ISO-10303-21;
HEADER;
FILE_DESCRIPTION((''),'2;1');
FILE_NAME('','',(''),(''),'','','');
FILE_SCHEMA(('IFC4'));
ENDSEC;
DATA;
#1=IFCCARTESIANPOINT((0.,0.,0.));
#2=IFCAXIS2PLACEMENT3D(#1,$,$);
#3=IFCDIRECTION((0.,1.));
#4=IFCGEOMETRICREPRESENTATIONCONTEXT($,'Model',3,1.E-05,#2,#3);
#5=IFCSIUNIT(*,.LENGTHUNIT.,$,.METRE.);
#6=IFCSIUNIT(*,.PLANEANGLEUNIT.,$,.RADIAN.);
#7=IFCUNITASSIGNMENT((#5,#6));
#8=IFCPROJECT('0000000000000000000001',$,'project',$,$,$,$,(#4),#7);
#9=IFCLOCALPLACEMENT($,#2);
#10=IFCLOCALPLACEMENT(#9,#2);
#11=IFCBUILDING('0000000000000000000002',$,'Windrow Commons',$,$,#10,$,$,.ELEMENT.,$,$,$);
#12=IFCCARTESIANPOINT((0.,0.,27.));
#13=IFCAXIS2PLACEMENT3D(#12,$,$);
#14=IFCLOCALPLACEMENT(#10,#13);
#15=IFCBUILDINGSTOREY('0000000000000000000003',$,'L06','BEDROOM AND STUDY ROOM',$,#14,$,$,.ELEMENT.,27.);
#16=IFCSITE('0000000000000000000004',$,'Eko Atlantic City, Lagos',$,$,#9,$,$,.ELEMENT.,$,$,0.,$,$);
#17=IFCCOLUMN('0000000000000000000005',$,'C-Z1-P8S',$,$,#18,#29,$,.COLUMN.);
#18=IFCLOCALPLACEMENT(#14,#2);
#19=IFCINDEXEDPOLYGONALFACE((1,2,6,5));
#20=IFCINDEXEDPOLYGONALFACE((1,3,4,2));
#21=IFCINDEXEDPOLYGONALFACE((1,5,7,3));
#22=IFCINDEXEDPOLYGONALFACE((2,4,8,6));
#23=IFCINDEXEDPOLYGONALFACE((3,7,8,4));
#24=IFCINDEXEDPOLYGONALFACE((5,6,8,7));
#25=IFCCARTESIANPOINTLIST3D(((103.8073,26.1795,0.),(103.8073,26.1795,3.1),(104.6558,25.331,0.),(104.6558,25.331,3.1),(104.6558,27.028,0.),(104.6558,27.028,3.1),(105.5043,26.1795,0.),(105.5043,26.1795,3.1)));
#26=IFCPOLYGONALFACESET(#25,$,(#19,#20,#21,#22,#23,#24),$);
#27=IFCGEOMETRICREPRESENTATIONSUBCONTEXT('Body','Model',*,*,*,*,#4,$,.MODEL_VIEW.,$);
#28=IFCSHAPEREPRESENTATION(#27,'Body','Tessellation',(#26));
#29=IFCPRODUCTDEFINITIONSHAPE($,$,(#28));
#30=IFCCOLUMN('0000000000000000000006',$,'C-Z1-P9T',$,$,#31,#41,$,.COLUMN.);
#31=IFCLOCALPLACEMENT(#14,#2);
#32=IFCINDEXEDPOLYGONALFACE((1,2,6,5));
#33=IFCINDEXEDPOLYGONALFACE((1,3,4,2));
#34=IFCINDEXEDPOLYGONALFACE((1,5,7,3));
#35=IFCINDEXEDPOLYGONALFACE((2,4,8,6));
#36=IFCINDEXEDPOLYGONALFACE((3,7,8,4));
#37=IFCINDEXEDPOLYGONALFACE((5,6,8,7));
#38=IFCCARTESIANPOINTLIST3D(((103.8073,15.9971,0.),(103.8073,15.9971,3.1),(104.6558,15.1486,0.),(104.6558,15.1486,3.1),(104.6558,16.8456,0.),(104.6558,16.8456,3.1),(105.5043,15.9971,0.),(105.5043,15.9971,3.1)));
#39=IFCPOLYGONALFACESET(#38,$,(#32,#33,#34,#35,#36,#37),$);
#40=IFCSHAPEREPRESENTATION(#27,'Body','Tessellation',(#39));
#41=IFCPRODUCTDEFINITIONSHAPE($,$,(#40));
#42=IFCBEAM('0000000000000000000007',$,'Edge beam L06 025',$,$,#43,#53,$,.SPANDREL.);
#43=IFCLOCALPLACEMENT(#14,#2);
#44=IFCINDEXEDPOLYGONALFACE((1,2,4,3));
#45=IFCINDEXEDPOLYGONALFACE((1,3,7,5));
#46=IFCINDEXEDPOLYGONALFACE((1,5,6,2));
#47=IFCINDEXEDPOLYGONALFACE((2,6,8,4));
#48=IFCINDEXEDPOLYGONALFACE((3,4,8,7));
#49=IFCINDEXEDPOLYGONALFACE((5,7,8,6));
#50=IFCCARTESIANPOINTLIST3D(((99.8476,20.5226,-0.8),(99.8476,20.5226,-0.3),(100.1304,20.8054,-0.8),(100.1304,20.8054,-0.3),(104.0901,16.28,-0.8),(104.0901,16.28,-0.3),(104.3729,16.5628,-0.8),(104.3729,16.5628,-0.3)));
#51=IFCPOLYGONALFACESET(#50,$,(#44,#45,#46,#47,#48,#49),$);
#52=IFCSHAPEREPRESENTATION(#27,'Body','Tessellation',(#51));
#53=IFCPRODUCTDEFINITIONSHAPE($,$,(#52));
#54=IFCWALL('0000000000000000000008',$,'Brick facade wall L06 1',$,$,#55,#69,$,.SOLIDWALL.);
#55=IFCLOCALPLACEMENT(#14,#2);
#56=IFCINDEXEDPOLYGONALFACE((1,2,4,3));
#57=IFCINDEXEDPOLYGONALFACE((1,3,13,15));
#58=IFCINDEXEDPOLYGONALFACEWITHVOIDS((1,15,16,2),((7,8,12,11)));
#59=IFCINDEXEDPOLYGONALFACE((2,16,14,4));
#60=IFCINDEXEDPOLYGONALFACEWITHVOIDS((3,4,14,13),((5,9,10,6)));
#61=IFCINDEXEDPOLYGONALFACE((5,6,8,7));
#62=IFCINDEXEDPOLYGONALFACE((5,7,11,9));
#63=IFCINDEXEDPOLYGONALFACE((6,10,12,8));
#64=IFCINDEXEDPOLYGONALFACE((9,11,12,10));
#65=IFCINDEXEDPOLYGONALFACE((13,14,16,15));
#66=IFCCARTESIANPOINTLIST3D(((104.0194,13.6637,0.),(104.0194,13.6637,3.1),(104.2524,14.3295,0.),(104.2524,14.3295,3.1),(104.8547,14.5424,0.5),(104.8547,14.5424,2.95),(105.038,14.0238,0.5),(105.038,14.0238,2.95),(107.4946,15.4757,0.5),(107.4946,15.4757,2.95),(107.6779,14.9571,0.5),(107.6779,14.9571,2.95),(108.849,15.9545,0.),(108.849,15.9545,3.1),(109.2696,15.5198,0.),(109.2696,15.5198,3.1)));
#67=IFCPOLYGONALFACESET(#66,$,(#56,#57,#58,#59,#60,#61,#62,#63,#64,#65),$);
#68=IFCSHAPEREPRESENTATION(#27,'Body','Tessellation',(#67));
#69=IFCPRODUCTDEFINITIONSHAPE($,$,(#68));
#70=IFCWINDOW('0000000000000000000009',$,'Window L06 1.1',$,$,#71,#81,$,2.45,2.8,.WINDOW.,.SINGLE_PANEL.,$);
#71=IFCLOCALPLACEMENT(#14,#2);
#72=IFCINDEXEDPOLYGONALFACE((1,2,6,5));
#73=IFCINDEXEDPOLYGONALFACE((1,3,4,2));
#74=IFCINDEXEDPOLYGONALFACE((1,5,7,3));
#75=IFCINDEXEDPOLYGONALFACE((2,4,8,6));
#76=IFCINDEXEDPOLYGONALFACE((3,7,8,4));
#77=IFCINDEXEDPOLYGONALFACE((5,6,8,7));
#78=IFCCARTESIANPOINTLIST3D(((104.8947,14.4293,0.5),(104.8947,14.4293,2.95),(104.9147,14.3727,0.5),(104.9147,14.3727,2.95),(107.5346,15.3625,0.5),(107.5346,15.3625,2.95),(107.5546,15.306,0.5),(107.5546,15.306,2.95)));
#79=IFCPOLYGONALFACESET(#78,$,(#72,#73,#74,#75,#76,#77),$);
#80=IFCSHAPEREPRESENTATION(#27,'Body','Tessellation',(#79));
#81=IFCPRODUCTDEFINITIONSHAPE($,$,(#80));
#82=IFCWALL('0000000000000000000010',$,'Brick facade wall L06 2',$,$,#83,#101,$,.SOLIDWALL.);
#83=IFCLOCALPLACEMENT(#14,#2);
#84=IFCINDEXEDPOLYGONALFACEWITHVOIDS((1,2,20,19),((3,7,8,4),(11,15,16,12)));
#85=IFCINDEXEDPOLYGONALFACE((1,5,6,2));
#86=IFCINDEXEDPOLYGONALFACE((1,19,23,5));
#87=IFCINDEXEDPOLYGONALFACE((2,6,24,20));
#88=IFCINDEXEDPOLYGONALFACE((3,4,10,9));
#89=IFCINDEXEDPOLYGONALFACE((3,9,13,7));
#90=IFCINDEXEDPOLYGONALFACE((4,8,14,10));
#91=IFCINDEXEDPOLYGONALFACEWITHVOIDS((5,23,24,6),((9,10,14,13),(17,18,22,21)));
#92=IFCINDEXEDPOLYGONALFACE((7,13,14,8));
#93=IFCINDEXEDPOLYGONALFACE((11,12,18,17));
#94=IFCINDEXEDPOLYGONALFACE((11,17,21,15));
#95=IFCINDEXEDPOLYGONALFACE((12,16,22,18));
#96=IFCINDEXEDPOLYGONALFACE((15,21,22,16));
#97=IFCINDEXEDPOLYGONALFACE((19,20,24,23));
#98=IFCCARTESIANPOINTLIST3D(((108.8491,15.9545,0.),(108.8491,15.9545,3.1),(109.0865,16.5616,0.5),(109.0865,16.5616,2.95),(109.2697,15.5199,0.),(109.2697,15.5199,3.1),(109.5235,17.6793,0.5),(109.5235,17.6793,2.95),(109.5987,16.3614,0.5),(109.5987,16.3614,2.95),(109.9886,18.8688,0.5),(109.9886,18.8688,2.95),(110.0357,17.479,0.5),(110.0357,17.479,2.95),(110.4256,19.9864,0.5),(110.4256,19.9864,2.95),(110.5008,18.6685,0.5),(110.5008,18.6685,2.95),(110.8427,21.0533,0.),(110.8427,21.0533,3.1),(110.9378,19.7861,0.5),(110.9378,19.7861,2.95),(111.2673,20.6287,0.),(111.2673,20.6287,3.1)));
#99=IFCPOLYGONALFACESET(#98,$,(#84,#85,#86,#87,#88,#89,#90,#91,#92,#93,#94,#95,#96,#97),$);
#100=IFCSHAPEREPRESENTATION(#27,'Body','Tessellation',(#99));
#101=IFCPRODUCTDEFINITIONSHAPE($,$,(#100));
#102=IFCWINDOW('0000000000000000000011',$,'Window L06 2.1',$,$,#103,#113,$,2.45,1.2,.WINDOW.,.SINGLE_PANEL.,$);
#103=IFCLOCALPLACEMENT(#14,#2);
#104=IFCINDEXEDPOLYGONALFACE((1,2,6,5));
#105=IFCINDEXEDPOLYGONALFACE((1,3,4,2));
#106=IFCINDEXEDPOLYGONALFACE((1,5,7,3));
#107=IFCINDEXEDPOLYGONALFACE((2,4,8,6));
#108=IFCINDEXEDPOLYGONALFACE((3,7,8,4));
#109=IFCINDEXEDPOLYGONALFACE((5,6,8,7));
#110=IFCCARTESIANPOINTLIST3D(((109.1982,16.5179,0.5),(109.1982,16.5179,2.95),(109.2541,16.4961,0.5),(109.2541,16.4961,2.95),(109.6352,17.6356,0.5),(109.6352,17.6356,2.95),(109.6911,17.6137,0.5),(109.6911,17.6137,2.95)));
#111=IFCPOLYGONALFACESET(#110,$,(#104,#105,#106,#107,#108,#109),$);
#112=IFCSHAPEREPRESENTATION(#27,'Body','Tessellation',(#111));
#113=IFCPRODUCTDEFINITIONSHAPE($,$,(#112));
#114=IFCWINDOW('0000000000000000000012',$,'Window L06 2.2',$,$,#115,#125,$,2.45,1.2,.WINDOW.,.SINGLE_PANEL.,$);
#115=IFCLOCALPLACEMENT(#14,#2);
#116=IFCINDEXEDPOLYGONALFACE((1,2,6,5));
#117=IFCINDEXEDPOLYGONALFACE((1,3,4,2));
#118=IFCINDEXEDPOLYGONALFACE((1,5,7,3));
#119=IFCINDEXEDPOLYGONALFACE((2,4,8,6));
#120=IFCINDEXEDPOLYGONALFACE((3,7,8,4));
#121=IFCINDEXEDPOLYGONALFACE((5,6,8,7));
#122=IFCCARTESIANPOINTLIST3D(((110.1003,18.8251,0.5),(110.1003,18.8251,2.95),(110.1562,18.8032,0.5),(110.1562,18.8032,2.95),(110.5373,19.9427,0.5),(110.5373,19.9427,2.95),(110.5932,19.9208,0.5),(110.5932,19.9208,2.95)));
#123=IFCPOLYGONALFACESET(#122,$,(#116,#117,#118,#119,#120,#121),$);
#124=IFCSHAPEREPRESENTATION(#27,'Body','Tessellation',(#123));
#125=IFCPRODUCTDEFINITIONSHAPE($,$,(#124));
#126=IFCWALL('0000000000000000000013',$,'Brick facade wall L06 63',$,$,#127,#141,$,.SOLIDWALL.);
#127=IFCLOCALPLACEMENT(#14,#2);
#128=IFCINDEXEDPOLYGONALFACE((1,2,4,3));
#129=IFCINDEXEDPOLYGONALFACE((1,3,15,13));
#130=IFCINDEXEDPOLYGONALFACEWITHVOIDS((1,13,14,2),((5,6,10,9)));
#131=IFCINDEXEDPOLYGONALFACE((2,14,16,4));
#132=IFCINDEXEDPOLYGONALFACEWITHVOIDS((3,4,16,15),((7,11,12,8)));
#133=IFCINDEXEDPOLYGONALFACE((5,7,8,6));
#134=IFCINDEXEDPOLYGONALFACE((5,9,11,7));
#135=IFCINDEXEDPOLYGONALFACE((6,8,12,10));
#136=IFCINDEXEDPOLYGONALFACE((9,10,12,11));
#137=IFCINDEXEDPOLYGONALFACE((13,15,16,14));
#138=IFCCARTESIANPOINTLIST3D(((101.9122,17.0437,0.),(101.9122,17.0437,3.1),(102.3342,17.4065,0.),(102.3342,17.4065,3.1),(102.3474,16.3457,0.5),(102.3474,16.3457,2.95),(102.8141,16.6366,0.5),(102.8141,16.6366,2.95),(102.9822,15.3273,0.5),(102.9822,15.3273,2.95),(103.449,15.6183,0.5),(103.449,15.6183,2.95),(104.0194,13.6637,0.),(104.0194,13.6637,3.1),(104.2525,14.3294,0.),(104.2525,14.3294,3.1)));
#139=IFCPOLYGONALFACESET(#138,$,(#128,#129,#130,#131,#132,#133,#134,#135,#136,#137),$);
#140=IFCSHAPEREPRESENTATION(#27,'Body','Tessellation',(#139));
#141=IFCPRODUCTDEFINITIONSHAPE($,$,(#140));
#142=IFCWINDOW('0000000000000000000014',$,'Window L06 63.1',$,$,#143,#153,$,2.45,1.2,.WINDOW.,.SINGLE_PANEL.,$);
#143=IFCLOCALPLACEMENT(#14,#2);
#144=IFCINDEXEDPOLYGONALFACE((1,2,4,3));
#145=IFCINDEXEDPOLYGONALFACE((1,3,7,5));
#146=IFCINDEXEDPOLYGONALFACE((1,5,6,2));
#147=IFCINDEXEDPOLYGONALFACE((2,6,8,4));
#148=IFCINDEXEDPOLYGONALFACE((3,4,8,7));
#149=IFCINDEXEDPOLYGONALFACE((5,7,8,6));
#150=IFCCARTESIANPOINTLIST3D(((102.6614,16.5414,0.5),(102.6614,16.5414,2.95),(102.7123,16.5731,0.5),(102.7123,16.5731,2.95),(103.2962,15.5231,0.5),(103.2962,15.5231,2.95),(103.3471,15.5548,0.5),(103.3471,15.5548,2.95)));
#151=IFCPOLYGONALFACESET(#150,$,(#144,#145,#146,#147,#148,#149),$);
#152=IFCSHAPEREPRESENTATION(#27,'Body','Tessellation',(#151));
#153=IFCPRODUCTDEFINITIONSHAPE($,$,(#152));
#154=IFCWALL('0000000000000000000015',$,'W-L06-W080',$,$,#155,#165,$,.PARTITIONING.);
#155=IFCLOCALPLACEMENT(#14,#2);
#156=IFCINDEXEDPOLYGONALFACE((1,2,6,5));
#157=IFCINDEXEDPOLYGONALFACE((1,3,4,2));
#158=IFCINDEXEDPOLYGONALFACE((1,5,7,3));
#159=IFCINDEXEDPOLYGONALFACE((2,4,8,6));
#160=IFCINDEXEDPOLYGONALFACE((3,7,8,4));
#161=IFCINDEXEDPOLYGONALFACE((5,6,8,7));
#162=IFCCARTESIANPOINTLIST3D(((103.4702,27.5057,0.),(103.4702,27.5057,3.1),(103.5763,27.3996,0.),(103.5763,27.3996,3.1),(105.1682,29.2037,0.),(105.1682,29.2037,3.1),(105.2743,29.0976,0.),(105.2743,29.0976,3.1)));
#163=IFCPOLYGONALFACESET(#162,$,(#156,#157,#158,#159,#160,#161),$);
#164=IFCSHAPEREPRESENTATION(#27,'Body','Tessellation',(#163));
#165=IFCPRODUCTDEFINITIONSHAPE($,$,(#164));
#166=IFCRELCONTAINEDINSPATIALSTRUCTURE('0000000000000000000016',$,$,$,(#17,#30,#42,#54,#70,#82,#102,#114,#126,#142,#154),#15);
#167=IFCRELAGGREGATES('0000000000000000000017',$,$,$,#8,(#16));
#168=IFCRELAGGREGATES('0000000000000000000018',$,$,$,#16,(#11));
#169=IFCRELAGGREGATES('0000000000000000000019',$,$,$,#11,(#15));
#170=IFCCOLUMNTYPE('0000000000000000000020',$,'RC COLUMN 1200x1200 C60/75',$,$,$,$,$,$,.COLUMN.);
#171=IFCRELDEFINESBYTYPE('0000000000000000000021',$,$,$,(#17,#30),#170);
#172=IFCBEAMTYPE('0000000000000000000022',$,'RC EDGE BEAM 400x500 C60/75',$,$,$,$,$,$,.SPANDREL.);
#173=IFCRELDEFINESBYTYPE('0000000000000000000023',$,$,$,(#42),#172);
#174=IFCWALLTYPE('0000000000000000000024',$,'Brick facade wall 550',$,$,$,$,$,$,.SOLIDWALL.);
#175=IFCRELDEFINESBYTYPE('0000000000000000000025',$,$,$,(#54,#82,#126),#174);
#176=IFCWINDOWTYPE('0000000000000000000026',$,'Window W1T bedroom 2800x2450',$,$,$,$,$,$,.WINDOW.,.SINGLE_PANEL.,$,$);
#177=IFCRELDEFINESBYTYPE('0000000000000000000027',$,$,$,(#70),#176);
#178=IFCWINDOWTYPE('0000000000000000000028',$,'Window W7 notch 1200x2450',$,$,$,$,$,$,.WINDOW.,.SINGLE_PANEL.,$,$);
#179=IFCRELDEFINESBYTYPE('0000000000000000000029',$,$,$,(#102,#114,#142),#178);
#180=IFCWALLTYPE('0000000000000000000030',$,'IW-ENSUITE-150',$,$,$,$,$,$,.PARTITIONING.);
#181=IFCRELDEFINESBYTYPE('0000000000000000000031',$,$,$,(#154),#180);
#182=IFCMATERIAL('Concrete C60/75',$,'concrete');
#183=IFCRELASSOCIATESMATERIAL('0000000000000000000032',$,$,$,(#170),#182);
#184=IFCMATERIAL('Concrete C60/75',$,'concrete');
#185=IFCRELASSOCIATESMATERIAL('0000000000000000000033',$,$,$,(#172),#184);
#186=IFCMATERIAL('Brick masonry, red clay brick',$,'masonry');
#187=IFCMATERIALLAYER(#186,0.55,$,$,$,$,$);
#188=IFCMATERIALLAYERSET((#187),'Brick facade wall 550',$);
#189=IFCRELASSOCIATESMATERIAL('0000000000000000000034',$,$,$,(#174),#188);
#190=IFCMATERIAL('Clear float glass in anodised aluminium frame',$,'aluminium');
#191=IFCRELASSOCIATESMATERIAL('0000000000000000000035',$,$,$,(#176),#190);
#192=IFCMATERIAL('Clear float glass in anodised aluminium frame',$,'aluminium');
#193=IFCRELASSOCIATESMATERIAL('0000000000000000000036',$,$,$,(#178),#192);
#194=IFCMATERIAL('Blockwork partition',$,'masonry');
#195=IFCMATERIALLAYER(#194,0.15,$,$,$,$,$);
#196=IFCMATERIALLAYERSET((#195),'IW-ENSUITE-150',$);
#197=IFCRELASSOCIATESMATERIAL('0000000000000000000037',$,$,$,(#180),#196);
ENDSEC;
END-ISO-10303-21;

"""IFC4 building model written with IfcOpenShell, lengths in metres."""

from ifc_helpers import new_model, si_unit, direction, frame, frame_2d, origin, origin_2d, place, context, subcontext, project, spatial, polyline, rectangle, outline, extrude, material, layer, layer_set, material_profile, profile_set, type_object, element, fill, save


model = new_model("IFC4")

# Units and contexts
model_context = context("Model", 3, precision=1e-05, world=origin(), true_north=direction((0.0, 1.0)))
body_context = subcontext(model_context, "Body", "Model", "MODEL_VIEW")
ifc_project = project(units=[si_unit("LENGTHUNIT", "METRE"), si_unit("PLANEANGLEUNIT", "RADIAN")], contexts=[model_context])

# Site, building, storey
site_placement = place(None, origin())
site = spatial("IfcSite", under=ifc_project, at=site_placement, Name="Eko Atlantic City, Lagos", CompositionType="ELEMENT", RefElevation=0.0)
building_placement = place(site_placement, origin())
building = spatial("IfcBuilding", under=site, at=building_placement, Name="Windrow Commons", CompositionType="ELEMENT")
storey_placement = place(building_placement, frame((0.0, 0.0, 27.0)))
storey = spatial("IfcBuildingStorey", under=building, at=storey_placement, Name="L06", Description="BEDROOM AND STUDY ROOM", CompositionType="ELEMENT", Elevation=27.0)

# Columns
ifc_material_1 = material(Name="Concrete C60/75", Category="concrete")
ifc_material_profile_1 = material_profile(ifc_material_1, rectangle(XDim=1.2, YDim=1.2, at=origin_2d()))
ifc_profile_set_1 = profile_set([ifc_material_profile_1], Name="Concrete C60/75")
column_type = type_object("IfcColumnType", Name="RC COLUMN 1200x1200 C60/75", PredefinedType="COLUMN", material=ifc_profile_set_1)
for number, where, z_axis, x_axis, name in (
    (1, (104.6558, 26.1795, 0.0), (0.0, 0.0, 1.0), (0.707107, -0.707107, 0.0), "C-Z1-P8S"),
    (2, (104.6558, 15.9971, 0.0), (0.0, 0.0, 1.0), (0.707107, -0.707107, 0.0), "C-Z1-P9T"),
):
    element("IfcColumn", number, at=place(storey_placement, frame(where, z_axis=z_axis, x_axis=x_axis)), inside=storey, type_object=column_type, Name=name, PredefinedType="COLUMN", context=body_context, shape_type="SweptSolid", body=[
        extrude(rectangle(XDim=1.2, YDim=1.2, at=origin_2d()), origin(), (0.0, 0.0, 1.0), 3.1),
    ])

# Beam
ifc_material_2 = material(Name="Concrete C60/75", Category="concrete")
ifc_material_profile_2 = material_profile(ifc_material_2, rectangle(XDim=0.4, YDim=0.5, at=origin_2d()))
ifc_profile_set_2 = profile_set([ifc_material_profile_2], Name="Concrete C60/75")
beam_type = type_object("IfcBeamType", Name="RC EDGE BEAM 400x500 C60/75", PredefinedType="SPANDREL", material=ifc_profile_set_2)
beam_placement = place(storey_placement, frame((104.2315, 16.4214, -0.55), z_axis=(-0.707098, 0.707115, 0.0), x_axis=(-0.707115, -0.707098, 0.0)))
element("IfcBeam", 3, at=beam_placement, inside=storey, type_object=beam_type, Name="Edge beam L06 025", PredefinedType="SPANDREL", context=body_context, shape_type="SweptSolid", body=[
    extrude(rectangle(XDim=0.4, YDim=0.5, at=origin_2d()), origin(), (0.0, 0.0, 1.0), 5.9999),
])

# Wall, opening, window
ifc_material_3 = material(Name="Brick masonry, red clay brick", Category="masonry")
ifc_layer_1 = layer(ifc_material_3, 0.55)
ifc_layer_set_1 = layer_set([ifc_layer_1], Name="Brick facade wall 550")
wall_type_1 = type_object("IfcWallType", Name="Brick facade wall 550", PredefinedType="SOLIDWALL", material=ifc_layer_set_1)
wall_1_placement = place(storey_placement, frame((104.1359, 13.9966, 0.0), z_axis=(0.0, 0.0, 1.0), x_axis=(0.942816, 0.333313, 0.0)))
wall_1 = element("IfcWall", 4, at=wall_1_placement, inside=storey, type_object=wall_type_1, Name="Brick facade wall L06 1", PredefinedType="SOLIDWALL", context=body_context, shape_type="SweptSolid", body=[
    extrude(outline(polyline([(-0.2208, -0.275), (5.3479, -0.275), (5.0962, 0.275), (0.2208, 0.275), (-0.2208, -0.275)])), origin(), (0.0, 0.0, 1.0), 3.1),
])
opening_1_placement = place(wall_1_placement, frame((0.8596, 0.0, 0.5)))
opening_1 = element("IfcOpeningElement", 5, at=opening_1_placement, cuts=wall_1, PredefinedType="OPENING", context=body_context, shape_type="SweptSolid", body=[
    extrude(rectangle(XDim=2.8, YDim=2.45, at=frame_2d((1.4, 1.225))), frame((0.0, 0.285, 0.0), z_axis=(0.0, -1.0, 0.0), x_axis=(1.0, 0.0, 0.0)), (0.0, 0.0, 1.0), 0.57),
])
ifc_material_4 = material(Name="Clear float glass in anodised aluminium frame", Category="aluminium")
window_type_1 = type_object("IfcWindowType", Name="Window W1T bedroom 2800x2450", PartitioningType="SINGLE_PANEL", PredefinedType="WINDOW", material=ifc_material_4)
window_1_placement = place(opening_1_placement, origin())
window_1 = element("IfcWindow", 6, at=window_1_placement, inside=storey, type_object=window_type_1, Name="Window L06 1.1", OverallHeight=2.45, OverallWidth=2.8, PartitioningType="SINGLE_PANEL", PredefinedType="WINDOW", context=body_context, shape_type="SweptSolid", body=[
    extrude(rectangle(XDim=2.8, YDim=2.45, at=frame_2d((1.4, 1.225))), frame((0.0, 0.155, 0.0), z_axis=(0.0, -1.0, 0.0), x_axis=(1.0, 0.0, 0.0)), (0.0, 0.0, 1.0), 0.06),
])
fill(opening_1, window_1)

# Wall, openings, windows
wall_2_placement = place(storey_placement, frame((109.0594, 15.7372, 0.0), z_axis=(0.0, 0.0, 1.0), x_axis=(0.364156, 0.931338, 0.0)))
wall_2 = element("IfcWall", 7, at=wall_2_placement, inside=storey, type_object=wall_type_1, Name="Brick facade wall L06 2", PredefinedType="SOLIDWALL", context=body_context, shape_type="SweptSolid", body=[
    extrude(outline(polyline([(-0.1258, -0.275), (5.3597, -0.275), (5.6005, 0.275), (0.1258, 0.275), (-0.1258, -0.275)])), origin(), (0.0, 0.0, 1.0), 3.1),
])
opening_2_placement = place(wall_2_placement, frame((0.7777, 0.0, 0.5)))
opening_2 = element("IfcOpeningElement", 8, at=opening_2_placement, cuts=wall_2, PredefinedType="OPENING", context=body_context, shape_type="SweptSolid", body=[
    extrude(rectangle(XDim=1.2, YDim=2.45, at=frame_2d((0.6, 1.225))), frame((0.0, 0.285, 0.0), z_axis=(0.0, -1.0, 0.0), x_axis=(1.0, 0.0, 0.0)), (0.0, 0.0, 1.0), 0.57),
])
opening_3_placement = place(wall_2_placement, frame((3.2549, 0.0, 0.5)))
opening_3 = element("IfcOpeningElement", 9, at=opening_3_placement, cuts=wall_2, PredefinedType="OPENING", context=body_context, shape_type="SweptSolid", body=[
    extrude(rectangle(XDim=1.2, YDim=2.45, at=frame_2d((0.6, 1.225))), frame((0.0, 0.285, 0.0), z_axis=(0.0, -1.0, 0.0), x_axis=(1.0, 0.0, 0.0)), (0.0, 0.0, 1.0), 0.57),
])
ifc_material_5 = material(Name="Clear float glass in anodised aluminium frame", Category="aluminium")
window_type_2 = type_object("IfcWindowType", Name="Window W7 notch 1200x2450", PartitioningType="SINGLE_PANEL", PredefinedType="WINDOW", material=ifc_material_5)
window_2_placement = place(opening_2_placement, origin())
window_2 = element("IfcWindow", 10, at=window_2_placement, inside=storey, type_object=window_type_2, Name="Window L06 2.1", OverallHeight=2.45, OverallWidth=1.2, PartitioningType="SINGLE_PANEL", PredefinedType="WINDOW", context=body_context, shape_type="SweptSolid", body=[
    extrude(rectangle(XDim=1.2, YDim=2.45, at=frame_2d((0.6, 1.225))), frame((0.0, 0.155, 0.0), z_axis=(0.0, -1.0, 0.0), x_axis=(1.0, 0.0, 0.0)), (0.0, 0.0, 1.0), 0.06),
])
fill(opening_2, window_2)
window_3_placement = place(opening_3_placement, origin())
window_3 = element("IfcWindow", 11, at=window_3_placement, inside=storey, type_object=window_type_2, Name="Window L06 2.2", OverallHeight=2.45, OverallWidth=1.2, PartitioningType="SINGLE_PANEL", PredefinedType="WINDOW", context=body_context, shape_type="SweptSolid", body=[
    extrude(rectangle(XDim=1.2, YDim=2.45, at=frame_2d((0.6, 1.225))), frame((0.0, 0.155, 0.0), z_axis=(0.0, -1.0, 0.0), x_axis=(1.0, 0.0, 0.0)), (0.0, 0.0, 1.0), 0.06),
])
fill(opening_3, window_3)

# Wall, opening, window
wall_3_placement = place(storey_placement, frame((102.1232, 17.2251, 0.0), z_axis=(0.0, 0.0, 1.0), x_axis=(0.529032, -0.848602, 0.0)))
wall_3 = element("IfcWall", 12, at=wall_3_placement, inside=storey, type_object=wall_type_1, Name="Brick facade wall L06 63", PredefinedType="SOLIDWALL", context=body_context, shape_type="SweptSolid", body=[
    extrude(outline(polyline([(0.0423, -0.275), (4.0254, -0.275), (3.5837, 0.275), (-0.0423, 0.275), (0.0423, -0.275)])), origin(), (0.0, 0.0, 1.0), 3.1),
])
opening_4_placement = place(wall_3_placement, frame((0.8649, 0.0, 0.5)))
opening_4 = element("IfcOpeningElement", 13, at=opening_4_placement, cuts=wall_3, PredefinedType="OPENING", context=body_context, shape_type="SweptSolid", body=[
    extrude(rectangle(XDim=1.2, YDim=2.45, at=frame_2d((0.6, 1.225))), frame((0.0, 0.285, 0.0), z_axis=(0.0, -1.0, 0.0), x_axis=(1.0, 0.0, 0.0)), (0.0, 0.0, 1.0), 0.57),
])
window_4_placement = place(opening_4_placement, origin())
window_4 = element("IfcWindow", 14, at=window_4_placement, inside=storey, type_object=window_type_2, Name="Window L06 63.1", OverallHeight=2.45, OverallWidth=1.2, PartitioningType="SINGLE_PANEL", PredefinedType="WINDOW", context=body_context, shape_type="SweptSolid", body=[
    extrude(rectangle(XDim=1.2, YDim=2.45, at=frame_2d((0.6, 1.225))), frame((0.0, 0.155, 0.0), z_axis=(0.0, -1.0, 0.0), x_axis=(1.0, 0.0, 0.0)), (0.0, 0.0, 1.0), 0.06),
])
fill(opening_4, window_4)

# Wall
ifc_material_6 = material(Name="Blockwork partition", Category="masonry")
ifc_layer_2 = layer(ifc_material_6, 0.15)
ifc_layer_set_2 = layer_set([ifc_layer_2], Name="IW-ENSUITE-150")
wall_type_2 = type_object("IfcWallType", Name="IW-ENSUITE-150", PredefinedType="PARTITIONING", material=ifc_layer_set_2)
for number, where, z_axis, x_axis, name in (
    (15, (103.5233, 27.4527, 0.0), (0.0, 0.0, 1.0), (0.707107, 0.707107, 0.0), "W-L06-W080"),
):
    element("IfcWall", number, at=place(storey_placement, frame(where, z_axis=z_axis, x_axis=x_axis)), inside=storey, type_object=wall_type_2, Name=name, PredefinedType="PARTITIONING", context=body_context, shape_type="SweptSolid", body=[
        extrude(rectangle(XDim=2.4013, YDim=0.15, at=frame_2d((1.2006, 0.0))), origin(), (0.0, 0.0, 1.0), 3.1),
    ])

save(model, "model.ifc")
